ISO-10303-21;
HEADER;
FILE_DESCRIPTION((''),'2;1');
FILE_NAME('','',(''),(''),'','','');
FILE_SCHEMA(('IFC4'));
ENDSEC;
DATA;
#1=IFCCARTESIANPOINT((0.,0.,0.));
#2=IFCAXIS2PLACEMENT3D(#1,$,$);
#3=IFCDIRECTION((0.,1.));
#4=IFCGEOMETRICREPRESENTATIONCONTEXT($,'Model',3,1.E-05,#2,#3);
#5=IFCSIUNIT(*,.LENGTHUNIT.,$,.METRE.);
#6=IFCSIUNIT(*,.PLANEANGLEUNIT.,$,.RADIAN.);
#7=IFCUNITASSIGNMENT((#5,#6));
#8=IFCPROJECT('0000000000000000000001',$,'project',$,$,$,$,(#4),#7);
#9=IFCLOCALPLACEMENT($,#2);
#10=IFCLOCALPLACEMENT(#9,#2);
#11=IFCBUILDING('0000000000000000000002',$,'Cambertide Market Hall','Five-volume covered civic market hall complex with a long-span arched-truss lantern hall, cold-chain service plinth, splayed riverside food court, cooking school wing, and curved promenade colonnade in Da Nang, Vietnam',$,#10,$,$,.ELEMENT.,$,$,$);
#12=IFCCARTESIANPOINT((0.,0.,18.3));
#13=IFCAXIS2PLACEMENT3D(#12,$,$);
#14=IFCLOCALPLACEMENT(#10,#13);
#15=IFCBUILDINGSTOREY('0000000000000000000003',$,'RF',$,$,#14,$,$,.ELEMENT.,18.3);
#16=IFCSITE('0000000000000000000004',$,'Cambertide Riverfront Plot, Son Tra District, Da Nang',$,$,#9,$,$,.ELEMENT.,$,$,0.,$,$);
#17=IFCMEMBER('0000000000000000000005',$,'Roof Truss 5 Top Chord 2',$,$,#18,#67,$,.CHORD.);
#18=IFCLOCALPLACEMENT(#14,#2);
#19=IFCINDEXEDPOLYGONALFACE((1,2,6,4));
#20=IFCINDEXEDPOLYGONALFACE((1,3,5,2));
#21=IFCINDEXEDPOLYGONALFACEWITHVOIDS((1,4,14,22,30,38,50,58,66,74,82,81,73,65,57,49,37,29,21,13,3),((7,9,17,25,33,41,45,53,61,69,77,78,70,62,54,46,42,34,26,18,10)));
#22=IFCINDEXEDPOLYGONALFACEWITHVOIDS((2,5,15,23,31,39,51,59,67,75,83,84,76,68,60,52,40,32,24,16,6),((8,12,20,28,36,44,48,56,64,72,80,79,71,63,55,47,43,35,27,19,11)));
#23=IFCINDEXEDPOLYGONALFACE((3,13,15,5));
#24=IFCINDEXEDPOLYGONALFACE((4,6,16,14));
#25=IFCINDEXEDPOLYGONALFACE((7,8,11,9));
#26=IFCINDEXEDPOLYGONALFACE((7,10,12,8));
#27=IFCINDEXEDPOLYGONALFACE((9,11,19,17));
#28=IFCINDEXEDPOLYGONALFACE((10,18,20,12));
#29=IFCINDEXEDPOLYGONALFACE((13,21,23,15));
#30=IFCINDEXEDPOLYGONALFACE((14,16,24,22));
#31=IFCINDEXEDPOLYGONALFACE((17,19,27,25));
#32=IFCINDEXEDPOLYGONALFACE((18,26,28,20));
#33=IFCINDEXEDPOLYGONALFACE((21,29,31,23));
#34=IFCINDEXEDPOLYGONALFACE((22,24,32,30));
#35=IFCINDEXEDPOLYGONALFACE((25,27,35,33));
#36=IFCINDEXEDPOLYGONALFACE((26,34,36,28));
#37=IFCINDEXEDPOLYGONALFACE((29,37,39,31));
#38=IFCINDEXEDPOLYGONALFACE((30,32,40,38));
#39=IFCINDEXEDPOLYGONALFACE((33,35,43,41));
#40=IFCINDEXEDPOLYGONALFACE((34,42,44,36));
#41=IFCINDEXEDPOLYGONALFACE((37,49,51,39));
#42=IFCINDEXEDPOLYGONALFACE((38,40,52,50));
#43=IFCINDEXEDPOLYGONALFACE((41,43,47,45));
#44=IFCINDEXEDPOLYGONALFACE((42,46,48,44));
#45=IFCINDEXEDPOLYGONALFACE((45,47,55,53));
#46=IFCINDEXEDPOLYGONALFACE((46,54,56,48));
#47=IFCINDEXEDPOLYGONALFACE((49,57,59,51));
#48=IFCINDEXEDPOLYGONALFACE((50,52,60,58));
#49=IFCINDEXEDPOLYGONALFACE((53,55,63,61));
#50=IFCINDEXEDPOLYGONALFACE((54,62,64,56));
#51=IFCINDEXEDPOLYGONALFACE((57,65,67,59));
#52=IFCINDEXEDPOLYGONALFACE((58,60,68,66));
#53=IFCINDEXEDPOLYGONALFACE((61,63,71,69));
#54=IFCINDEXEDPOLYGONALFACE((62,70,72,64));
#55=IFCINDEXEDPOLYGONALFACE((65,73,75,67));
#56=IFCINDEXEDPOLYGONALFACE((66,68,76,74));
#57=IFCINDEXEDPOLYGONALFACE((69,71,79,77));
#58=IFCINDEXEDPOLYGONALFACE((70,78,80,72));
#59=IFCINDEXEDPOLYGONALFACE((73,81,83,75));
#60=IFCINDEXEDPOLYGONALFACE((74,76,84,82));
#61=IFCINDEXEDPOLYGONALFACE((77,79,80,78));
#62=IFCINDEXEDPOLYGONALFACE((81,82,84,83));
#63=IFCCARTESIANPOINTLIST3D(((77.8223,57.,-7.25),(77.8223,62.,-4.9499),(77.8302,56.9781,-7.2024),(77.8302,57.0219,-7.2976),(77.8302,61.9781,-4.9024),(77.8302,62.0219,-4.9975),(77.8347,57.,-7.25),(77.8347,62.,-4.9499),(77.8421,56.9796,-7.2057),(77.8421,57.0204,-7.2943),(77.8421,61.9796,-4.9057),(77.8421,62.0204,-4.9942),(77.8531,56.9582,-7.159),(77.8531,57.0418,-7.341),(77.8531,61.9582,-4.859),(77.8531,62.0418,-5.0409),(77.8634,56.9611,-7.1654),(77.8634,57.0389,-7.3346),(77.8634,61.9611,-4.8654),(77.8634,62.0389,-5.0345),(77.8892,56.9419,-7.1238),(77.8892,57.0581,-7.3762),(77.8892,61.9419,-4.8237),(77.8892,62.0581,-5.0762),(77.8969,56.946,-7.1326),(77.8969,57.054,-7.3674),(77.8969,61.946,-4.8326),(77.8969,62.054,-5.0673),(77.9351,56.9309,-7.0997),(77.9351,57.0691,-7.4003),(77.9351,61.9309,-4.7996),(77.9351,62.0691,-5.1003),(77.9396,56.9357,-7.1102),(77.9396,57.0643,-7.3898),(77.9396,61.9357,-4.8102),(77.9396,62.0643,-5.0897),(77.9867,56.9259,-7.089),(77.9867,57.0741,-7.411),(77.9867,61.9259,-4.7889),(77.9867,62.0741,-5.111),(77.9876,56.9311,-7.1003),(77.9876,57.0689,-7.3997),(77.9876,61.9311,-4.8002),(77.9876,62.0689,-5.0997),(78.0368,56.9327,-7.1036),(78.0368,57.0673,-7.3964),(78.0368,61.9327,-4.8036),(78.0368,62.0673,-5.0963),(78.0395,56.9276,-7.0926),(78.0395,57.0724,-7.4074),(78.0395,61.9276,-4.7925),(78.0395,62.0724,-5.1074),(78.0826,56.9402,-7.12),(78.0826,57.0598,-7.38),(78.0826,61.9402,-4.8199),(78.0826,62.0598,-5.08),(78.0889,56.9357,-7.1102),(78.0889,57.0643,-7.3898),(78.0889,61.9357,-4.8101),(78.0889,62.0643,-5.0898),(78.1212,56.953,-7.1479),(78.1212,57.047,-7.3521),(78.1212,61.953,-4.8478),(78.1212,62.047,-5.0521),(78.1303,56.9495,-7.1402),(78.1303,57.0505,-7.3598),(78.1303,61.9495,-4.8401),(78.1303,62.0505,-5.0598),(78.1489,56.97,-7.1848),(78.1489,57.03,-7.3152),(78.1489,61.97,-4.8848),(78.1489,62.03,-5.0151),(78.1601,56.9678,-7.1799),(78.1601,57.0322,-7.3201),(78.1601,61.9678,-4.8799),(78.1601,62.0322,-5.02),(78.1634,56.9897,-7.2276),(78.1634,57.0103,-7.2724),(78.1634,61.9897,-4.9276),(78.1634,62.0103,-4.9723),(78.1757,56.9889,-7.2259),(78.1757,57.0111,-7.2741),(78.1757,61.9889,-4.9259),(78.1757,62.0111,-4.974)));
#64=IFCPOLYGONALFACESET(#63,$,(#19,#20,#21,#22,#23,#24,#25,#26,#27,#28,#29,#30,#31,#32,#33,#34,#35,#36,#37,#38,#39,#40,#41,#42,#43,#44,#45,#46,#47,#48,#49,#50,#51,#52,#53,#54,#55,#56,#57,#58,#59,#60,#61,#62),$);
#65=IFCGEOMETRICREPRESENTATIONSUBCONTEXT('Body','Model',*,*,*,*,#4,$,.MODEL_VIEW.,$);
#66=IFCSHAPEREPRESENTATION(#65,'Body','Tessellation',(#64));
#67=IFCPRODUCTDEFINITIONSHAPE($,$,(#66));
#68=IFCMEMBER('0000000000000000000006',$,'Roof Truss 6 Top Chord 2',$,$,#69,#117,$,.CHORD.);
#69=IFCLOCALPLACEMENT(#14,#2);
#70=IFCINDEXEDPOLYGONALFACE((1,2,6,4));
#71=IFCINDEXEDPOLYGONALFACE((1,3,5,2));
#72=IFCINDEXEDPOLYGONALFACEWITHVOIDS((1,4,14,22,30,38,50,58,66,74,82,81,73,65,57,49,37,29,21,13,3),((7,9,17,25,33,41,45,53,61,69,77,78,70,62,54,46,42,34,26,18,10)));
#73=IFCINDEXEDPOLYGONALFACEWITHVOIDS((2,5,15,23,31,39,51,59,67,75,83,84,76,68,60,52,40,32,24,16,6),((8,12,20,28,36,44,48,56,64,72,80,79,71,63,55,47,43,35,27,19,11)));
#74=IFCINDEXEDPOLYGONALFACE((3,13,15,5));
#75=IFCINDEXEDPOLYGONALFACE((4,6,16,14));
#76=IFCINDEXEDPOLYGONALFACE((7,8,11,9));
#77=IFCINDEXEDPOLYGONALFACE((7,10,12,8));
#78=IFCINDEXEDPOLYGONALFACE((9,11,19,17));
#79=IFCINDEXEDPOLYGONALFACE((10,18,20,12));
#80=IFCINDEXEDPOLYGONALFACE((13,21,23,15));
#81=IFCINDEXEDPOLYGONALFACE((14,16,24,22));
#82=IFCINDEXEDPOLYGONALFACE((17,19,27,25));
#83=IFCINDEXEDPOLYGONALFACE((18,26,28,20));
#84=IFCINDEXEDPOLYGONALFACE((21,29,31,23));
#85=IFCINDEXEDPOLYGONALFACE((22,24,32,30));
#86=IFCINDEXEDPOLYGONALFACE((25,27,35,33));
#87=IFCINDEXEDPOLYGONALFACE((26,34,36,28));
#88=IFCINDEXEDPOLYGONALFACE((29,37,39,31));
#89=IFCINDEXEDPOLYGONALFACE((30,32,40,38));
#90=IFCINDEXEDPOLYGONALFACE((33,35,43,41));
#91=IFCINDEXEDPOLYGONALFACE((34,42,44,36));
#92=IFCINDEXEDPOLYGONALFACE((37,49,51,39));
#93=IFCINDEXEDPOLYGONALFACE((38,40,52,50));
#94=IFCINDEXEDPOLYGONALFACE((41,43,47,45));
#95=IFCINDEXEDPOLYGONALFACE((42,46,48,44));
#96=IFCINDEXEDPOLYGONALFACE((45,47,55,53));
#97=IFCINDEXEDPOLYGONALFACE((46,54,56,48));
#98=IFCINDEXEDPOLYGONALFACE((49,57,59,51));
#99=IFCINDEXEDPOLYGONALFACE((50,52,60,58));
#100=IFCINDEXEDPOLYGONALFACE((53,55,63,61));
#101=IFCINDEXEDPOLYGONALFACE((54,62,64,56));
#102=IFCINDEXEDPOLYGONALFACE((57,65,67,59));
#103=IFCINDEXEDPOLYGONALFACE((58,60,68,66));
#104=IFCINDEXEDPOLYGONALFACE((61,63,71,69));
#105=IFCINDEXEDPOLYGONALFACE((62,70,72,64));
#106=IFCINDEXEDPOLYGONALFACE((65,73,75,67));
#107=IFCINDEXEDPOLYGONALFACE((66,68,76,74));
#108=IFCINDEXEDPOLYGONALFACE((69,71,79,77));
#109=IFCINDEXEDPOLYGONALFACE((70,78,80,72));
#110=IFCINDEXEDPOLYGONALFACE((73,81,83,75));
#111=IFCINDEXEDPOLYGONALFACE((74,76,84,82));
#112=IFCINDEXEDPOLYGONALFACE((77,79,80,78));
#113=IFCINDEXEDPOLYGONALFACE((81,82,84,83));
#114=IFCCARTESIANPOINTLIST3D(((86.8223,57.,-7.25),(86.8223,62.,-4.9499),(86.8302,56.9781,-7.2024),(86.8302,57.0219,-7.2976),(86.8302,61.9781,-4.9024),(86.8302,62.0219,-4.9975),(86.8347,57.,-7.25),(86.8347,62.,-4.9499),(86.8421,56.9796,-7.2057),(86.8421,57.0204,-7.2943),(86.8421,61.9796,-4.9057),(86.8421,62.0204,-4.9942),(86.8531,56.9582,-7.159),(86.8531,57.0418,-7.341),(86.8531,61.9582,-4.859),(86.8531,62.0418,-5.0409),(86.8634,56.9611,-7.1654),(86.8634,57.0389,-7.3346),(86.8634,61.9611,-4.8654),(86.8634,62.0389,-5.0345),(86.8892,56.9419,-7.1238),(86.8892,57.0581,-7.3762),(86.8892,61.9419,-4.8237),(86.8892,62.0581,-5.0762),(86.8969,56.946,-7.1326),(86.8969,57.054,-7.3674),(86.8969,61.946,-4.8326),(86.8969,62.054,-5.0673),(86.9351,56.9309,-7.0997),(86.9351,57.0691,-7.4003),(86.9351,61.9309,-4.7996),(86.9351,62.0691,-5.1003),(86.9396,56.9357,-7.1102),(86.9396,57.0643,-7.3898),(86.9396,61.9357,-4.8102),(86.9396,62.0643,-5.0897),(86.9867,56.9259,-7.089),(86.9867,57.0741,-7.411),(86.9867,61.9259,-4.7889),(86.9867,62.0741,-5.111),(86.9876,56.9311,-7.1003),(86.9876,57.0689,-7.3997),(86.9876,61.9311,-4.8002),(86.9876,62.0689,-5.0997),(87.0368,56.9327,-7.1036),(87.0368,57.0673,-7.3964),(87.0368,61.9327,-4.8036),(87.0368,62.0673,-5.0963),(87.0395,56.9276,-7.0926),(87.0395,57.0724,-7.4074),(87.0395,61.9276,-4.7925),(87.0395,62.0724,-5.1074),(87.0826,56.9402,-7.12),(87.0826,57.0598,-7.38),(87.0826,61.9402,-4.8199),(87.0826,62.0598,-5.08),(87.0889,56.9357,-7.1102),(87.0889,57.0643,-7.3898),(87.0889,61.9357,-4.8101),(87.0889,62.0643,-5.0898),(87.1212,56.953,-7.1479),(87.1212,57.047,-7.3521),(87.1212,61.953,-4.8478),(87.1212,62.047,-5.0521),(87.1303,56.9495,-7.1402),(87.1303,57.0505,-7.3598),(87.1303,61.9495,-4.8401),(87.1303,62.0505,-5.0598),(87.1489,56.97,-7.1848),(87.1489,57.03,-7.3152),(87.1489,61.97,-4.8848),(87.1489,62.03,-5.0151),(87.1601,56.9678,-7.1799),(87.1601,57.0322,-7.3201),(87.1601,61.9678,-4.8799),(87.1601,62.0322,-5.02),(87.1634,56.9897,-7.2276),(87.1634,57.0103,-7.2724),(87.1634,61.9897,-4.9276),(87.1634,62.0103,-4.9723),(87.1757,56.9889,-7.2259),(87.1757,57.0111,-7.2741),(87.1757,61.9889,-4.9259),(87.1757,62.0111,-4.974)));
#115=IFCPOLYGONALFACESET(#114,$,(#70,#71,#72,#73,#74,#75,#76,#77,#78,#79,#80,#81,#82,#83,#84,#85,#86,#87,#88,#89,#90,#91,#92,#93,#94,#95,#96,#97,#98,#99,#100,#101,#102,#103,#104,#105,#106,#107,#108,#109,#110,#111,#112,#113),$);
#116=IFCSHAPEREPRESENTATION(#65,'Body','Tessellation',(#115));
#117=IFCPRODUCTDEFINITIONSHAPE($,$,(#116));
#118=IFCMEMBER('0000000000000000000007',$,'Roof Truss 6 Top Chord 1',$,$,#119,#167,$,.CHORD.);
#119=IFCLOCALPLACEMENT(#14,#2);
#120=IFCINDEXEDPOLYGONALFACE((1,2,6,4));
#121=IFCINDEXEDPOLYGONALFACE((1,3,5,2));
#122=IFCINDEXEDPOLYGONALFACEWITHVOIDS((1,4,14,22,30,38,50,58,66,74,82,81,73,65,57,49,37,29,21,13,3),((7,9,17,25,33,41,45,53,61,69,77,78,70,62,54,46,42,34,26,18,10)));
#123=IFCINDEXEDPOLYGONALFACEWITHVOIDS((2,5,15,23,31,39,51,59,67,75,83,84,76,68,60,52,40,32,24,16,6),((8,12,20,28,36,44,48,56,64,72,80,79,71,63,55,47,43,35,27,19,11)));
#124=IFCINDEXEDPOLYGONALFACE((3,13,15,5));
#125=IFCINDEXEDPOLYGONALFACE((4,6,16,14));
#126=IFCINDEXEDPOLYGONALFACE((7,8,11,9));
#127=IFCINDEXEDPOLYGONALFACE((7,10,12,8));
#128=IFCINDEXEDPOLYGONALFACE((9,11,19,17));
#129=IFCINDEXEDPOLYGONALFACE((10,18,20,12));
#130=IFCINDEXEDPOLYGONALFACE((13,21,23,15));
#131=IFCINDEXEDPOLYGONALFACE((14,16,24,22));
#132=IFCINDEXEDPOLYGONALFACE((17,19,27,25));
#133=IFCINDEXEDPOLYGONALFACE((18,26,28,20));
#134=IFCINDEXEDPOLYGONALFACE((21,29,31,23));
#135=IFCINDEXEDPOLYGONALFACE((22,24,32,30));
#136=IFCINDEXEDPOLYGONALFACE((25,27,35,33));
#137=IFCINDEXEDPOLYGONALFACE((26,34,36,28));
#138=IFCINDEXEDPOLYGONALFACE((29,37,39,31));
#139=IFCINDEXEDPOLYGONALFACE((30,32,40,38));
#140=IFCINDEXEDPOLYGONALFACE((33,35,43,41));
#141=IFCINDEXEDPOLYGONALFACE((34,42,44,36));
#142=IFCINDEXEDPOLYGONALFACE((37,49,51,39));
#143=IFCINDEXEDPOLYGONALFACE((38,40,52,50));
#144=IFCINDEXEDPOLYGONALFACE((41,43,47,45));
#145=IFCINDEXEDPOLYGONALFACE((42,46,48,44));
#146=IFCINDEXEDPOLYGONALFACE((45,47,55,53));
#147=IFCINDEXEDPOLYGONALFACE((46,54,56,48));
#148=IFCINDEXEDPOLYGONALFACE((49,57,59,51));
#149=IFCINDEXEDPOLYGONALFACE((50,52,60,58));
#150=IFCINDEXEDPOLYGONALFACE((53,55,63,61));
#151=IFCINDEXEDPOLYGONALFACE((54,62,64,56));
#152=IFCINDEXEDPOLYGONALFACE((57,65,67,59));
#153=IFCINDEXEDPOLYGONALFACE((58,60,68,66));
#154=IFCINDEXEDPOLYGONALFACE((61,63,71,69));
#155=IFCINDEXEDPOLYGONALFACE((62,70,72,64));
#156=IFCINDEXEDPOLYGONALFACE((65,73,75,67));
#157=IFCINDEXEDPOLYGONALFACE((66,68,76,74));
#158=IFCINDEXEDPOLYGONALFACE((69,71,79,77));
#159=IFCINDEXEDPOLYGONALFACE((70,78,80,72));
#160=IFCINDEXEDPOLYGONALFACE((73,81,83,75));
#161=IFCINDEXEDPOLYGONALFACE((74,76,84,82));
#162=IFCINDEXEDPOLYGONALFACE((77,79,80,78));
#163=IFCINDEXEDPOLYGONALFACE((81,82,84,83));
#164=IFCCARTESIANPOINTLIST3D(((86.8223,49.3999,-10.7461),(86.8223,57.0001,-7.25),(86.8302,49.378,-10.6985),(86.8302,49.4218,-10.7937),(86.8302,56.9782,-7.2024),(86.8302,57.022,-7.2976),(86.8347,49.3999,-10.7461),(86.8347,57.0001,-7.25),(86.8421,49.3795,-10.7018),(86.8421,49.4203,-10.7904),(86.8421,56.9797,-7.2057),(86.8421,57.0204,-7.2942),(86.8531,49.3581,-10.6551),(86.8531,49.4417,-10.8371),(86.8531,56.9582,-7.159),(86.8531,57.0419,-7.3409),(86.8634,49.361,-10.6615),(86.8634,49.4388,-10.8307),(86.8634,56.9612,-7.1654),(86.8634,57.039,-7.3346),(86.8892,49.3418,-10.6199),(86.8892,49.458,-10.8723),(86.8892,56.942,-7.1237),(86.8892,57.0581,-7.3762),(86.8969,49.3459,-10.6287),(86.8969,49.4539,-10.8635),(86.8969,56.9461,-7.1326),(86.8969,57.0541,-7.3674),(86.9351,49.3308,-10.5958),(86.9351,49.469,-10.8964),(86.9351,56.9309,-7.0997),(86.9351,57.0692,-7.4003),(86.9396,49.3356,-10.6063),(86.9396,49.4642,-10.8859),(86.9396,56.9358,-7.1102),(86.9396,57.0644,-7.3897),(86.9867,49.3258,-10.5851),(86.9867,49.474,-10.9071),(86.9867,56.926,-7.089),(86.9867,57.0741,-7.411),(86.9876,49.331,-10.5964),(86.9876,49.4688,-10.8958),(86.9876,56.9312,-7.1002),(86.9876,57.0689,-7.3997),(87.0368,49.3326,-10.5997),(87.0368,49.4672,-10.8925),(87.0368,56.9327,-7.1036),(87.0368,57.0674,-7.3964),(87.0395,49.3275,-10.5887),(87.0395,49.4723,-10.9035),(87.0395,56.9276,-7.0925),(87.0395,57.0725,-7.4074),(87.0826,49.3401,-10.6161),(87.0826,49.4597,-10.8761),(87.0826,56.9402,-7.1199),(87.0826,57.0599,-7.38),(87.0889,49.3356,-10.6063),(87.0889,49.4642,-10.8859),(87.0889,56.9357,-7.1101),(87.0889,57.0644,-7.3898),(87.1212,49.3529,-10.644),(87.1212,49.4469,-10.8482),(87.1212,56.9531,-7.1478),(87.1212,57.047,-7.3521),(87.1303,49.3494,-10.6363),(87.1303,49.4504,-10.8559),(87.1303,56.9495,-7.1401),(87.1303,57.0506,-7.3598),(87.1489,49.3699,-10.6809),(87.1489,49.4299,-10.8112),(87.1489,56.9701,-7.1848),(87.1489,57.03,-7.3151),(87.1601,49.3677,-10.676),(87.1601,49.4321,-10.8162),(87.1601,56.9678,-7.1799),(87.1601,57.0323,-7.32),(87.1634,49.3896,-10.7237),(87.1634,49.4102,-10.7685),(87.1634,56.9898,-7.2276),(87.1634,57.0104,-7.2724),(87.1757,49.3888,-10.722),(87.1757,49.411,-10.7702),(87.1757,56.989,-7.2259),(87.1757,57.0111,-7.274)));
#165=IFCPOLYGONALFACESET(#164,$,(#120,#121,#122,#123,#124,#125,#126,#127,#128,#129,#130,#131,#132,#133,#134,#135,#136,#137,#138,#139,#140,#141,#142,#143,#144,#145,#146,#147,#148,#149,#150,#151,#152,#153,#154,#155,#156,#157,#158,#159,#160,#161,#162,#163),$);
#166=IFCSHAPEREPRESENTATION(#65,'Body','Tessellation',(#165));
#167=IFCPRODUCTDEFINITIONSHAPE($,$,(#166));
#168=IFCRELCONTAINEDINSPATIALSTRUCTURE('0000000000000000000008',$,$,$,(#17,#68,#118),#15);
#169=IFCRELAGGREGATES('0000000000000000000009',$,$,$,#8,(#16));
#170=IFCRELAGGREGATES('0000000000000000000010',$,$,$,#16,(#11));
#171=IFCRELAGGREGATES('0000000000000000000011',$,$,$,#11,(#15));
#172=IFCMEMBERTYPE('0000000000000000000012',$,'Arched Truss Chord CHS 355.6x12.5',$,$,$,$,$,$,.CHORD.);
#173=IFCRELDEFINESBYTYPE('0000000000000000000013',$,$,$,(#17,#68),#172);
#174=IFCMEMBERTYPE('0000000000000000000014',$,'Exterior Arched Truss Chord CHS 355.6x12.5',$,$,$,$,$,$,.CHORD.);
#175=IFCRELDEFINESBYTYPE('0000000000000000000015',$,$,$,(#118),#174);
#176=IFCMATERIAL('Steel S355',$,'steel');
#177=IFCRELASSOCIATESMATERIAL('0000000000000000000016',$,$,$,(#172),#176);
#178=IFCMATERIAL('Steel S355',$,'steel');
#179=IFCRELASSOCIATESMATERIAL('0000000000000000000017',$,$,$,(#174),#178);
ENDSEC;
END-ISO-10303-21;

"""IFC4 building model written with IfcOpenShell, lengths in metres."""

from ifc_helpers import new_model, si_unit, direction, frame, origin, origin_2d, place, context, subcontext, project, spatial, hollow_circle, extrude, material, material_profile, profile_set, type_object, element, save


model = new_model("IFC4")

# Units and contexts
model_context = context("Model", 3, precision=1e-05, world=origin(), true_north=direction((0.0, 1.0)))
body_context = subcontext(model_context, "Body", "Model", "MODEL_VIEW")
ifc_project = project(units=[si_unit("LENGTHUNIT", "METRE"), si_unit("PLANEANGLEUNIT", "RADIAN")], contexts=[model_context])

# Site, building, storey
site_placement = place(None, origin())
site = spatial("IfcSite", under=ifc_project, at=site_placement, Name="Cambertide Riverfront Plot, Son Tra District, Da Nang", CompositionType="ELEMENT", RefElevation=0.0)
building_placement = place(site_placement, origin())
building = spatial("IfcBuilding", under=site, at=building_placement, Name="Cambertide Market Hall", Description="Five-volume covered civic market hall complex with a long-span arched-truss lantern hall, cold-chain service plinth, splayed riverside food court, cooking school wing, and curved promenade colonnade in Da Nang, Vietnam", CompositionType="ELEMENT")
storey_placement = place(building_placement, frame((0.0, 0.0, 18.3)))
storey = spatial("IfcBuildingStorey", under=building, at=storey_placement, Name="RF", CompositionType="ELEMENT", Elevation=18.3)

# Members
ifc_material_1 = material(Name="Steel S355", Category="steel")
ifc_material_profile_1 = material_profile(ifc_material_1, hollow_circle(Radius=0.1777, WallThickness=0.0125, at=origin_2d()), Name="CHS 355.6x12.5")
ifc_profile_set_1 = profile_set([ifc_material_profile_1], Name="Steel S355")
member_type_1 = type_object("IfcMemberType", Name="Arched Truss Chord CHS 355.6x12.5", PredefinedType="CHORD", material=ifc_profile_set_1)
for number, where, z_axis, x_axis, name in (
    (1, (78.0, 57.0, -7.25), (0.0, 0.908487, 0.417913), (-1.0, 0.0, 0.0), "Roof Truss 5 Top Chord 2"),
    (2, (87.0, 57.0, -7.25), (0.0, 0.908487, 0.417913), (-1.0, 0.0, 0.0), "Roof Truss 6 Top Chord 2"),
):
    element("IfcMember", number, at=place(storey_placement, frame(where, z_axis=z_axis, x_axis=x_axis)), inside=storey, type_object=member_type_1, Name=name, PredefinedType="CHORD", context=body_context, shape_type="SweptSolid", body=[
        extrude(hollow_circle(Radius=0.1777, WallThickness=0.0125, at=origin_2d()), origin(), (0.0, 0.0, 1.0), 5.5037),
    ])
ifc_material_2 = material(Name="Steel S355", Category="steel")
ifc_material_profile_2 = material_profile(ifc_material_2, hollow_circle(Radius=0.1777, WallThickness=0.0125, at=origin_2d()), Name="CHS 355.6x12.5")
ifc_profile_set_2 = profile_set([ifc_material_profile_2], Name="Steel S355")
member_type_2 = type_object("IfcMemberType", Name="Exterior Arched Truss Chord CHS 355.6x12.5", PredefinedType="CHORD", material=ifc_profile_set_2)
member_1_placement = place(storey_placement, frame((87.0, 49.3999, -10.7461), z_axis=(0.0, 0.908488, 0.41791), x_axis=(-1.0, 0.0, 0.0)))
element("IfcMember", 3, at=member_1_placement, inside=storey, type_object=member_type_2, Name="Roof Truss 6 Top Chord 1", PredefinedType="CHORD", context=body_context, shape_type="SweptSolid", body=[
    extrude(hollow_circle(Radius=0.1777, WallThickness=0.0125, at=origin_2d()), origin(), (0.0, 0.0, 1.0), 8.3657),
])

save(model, "model.ifc")
